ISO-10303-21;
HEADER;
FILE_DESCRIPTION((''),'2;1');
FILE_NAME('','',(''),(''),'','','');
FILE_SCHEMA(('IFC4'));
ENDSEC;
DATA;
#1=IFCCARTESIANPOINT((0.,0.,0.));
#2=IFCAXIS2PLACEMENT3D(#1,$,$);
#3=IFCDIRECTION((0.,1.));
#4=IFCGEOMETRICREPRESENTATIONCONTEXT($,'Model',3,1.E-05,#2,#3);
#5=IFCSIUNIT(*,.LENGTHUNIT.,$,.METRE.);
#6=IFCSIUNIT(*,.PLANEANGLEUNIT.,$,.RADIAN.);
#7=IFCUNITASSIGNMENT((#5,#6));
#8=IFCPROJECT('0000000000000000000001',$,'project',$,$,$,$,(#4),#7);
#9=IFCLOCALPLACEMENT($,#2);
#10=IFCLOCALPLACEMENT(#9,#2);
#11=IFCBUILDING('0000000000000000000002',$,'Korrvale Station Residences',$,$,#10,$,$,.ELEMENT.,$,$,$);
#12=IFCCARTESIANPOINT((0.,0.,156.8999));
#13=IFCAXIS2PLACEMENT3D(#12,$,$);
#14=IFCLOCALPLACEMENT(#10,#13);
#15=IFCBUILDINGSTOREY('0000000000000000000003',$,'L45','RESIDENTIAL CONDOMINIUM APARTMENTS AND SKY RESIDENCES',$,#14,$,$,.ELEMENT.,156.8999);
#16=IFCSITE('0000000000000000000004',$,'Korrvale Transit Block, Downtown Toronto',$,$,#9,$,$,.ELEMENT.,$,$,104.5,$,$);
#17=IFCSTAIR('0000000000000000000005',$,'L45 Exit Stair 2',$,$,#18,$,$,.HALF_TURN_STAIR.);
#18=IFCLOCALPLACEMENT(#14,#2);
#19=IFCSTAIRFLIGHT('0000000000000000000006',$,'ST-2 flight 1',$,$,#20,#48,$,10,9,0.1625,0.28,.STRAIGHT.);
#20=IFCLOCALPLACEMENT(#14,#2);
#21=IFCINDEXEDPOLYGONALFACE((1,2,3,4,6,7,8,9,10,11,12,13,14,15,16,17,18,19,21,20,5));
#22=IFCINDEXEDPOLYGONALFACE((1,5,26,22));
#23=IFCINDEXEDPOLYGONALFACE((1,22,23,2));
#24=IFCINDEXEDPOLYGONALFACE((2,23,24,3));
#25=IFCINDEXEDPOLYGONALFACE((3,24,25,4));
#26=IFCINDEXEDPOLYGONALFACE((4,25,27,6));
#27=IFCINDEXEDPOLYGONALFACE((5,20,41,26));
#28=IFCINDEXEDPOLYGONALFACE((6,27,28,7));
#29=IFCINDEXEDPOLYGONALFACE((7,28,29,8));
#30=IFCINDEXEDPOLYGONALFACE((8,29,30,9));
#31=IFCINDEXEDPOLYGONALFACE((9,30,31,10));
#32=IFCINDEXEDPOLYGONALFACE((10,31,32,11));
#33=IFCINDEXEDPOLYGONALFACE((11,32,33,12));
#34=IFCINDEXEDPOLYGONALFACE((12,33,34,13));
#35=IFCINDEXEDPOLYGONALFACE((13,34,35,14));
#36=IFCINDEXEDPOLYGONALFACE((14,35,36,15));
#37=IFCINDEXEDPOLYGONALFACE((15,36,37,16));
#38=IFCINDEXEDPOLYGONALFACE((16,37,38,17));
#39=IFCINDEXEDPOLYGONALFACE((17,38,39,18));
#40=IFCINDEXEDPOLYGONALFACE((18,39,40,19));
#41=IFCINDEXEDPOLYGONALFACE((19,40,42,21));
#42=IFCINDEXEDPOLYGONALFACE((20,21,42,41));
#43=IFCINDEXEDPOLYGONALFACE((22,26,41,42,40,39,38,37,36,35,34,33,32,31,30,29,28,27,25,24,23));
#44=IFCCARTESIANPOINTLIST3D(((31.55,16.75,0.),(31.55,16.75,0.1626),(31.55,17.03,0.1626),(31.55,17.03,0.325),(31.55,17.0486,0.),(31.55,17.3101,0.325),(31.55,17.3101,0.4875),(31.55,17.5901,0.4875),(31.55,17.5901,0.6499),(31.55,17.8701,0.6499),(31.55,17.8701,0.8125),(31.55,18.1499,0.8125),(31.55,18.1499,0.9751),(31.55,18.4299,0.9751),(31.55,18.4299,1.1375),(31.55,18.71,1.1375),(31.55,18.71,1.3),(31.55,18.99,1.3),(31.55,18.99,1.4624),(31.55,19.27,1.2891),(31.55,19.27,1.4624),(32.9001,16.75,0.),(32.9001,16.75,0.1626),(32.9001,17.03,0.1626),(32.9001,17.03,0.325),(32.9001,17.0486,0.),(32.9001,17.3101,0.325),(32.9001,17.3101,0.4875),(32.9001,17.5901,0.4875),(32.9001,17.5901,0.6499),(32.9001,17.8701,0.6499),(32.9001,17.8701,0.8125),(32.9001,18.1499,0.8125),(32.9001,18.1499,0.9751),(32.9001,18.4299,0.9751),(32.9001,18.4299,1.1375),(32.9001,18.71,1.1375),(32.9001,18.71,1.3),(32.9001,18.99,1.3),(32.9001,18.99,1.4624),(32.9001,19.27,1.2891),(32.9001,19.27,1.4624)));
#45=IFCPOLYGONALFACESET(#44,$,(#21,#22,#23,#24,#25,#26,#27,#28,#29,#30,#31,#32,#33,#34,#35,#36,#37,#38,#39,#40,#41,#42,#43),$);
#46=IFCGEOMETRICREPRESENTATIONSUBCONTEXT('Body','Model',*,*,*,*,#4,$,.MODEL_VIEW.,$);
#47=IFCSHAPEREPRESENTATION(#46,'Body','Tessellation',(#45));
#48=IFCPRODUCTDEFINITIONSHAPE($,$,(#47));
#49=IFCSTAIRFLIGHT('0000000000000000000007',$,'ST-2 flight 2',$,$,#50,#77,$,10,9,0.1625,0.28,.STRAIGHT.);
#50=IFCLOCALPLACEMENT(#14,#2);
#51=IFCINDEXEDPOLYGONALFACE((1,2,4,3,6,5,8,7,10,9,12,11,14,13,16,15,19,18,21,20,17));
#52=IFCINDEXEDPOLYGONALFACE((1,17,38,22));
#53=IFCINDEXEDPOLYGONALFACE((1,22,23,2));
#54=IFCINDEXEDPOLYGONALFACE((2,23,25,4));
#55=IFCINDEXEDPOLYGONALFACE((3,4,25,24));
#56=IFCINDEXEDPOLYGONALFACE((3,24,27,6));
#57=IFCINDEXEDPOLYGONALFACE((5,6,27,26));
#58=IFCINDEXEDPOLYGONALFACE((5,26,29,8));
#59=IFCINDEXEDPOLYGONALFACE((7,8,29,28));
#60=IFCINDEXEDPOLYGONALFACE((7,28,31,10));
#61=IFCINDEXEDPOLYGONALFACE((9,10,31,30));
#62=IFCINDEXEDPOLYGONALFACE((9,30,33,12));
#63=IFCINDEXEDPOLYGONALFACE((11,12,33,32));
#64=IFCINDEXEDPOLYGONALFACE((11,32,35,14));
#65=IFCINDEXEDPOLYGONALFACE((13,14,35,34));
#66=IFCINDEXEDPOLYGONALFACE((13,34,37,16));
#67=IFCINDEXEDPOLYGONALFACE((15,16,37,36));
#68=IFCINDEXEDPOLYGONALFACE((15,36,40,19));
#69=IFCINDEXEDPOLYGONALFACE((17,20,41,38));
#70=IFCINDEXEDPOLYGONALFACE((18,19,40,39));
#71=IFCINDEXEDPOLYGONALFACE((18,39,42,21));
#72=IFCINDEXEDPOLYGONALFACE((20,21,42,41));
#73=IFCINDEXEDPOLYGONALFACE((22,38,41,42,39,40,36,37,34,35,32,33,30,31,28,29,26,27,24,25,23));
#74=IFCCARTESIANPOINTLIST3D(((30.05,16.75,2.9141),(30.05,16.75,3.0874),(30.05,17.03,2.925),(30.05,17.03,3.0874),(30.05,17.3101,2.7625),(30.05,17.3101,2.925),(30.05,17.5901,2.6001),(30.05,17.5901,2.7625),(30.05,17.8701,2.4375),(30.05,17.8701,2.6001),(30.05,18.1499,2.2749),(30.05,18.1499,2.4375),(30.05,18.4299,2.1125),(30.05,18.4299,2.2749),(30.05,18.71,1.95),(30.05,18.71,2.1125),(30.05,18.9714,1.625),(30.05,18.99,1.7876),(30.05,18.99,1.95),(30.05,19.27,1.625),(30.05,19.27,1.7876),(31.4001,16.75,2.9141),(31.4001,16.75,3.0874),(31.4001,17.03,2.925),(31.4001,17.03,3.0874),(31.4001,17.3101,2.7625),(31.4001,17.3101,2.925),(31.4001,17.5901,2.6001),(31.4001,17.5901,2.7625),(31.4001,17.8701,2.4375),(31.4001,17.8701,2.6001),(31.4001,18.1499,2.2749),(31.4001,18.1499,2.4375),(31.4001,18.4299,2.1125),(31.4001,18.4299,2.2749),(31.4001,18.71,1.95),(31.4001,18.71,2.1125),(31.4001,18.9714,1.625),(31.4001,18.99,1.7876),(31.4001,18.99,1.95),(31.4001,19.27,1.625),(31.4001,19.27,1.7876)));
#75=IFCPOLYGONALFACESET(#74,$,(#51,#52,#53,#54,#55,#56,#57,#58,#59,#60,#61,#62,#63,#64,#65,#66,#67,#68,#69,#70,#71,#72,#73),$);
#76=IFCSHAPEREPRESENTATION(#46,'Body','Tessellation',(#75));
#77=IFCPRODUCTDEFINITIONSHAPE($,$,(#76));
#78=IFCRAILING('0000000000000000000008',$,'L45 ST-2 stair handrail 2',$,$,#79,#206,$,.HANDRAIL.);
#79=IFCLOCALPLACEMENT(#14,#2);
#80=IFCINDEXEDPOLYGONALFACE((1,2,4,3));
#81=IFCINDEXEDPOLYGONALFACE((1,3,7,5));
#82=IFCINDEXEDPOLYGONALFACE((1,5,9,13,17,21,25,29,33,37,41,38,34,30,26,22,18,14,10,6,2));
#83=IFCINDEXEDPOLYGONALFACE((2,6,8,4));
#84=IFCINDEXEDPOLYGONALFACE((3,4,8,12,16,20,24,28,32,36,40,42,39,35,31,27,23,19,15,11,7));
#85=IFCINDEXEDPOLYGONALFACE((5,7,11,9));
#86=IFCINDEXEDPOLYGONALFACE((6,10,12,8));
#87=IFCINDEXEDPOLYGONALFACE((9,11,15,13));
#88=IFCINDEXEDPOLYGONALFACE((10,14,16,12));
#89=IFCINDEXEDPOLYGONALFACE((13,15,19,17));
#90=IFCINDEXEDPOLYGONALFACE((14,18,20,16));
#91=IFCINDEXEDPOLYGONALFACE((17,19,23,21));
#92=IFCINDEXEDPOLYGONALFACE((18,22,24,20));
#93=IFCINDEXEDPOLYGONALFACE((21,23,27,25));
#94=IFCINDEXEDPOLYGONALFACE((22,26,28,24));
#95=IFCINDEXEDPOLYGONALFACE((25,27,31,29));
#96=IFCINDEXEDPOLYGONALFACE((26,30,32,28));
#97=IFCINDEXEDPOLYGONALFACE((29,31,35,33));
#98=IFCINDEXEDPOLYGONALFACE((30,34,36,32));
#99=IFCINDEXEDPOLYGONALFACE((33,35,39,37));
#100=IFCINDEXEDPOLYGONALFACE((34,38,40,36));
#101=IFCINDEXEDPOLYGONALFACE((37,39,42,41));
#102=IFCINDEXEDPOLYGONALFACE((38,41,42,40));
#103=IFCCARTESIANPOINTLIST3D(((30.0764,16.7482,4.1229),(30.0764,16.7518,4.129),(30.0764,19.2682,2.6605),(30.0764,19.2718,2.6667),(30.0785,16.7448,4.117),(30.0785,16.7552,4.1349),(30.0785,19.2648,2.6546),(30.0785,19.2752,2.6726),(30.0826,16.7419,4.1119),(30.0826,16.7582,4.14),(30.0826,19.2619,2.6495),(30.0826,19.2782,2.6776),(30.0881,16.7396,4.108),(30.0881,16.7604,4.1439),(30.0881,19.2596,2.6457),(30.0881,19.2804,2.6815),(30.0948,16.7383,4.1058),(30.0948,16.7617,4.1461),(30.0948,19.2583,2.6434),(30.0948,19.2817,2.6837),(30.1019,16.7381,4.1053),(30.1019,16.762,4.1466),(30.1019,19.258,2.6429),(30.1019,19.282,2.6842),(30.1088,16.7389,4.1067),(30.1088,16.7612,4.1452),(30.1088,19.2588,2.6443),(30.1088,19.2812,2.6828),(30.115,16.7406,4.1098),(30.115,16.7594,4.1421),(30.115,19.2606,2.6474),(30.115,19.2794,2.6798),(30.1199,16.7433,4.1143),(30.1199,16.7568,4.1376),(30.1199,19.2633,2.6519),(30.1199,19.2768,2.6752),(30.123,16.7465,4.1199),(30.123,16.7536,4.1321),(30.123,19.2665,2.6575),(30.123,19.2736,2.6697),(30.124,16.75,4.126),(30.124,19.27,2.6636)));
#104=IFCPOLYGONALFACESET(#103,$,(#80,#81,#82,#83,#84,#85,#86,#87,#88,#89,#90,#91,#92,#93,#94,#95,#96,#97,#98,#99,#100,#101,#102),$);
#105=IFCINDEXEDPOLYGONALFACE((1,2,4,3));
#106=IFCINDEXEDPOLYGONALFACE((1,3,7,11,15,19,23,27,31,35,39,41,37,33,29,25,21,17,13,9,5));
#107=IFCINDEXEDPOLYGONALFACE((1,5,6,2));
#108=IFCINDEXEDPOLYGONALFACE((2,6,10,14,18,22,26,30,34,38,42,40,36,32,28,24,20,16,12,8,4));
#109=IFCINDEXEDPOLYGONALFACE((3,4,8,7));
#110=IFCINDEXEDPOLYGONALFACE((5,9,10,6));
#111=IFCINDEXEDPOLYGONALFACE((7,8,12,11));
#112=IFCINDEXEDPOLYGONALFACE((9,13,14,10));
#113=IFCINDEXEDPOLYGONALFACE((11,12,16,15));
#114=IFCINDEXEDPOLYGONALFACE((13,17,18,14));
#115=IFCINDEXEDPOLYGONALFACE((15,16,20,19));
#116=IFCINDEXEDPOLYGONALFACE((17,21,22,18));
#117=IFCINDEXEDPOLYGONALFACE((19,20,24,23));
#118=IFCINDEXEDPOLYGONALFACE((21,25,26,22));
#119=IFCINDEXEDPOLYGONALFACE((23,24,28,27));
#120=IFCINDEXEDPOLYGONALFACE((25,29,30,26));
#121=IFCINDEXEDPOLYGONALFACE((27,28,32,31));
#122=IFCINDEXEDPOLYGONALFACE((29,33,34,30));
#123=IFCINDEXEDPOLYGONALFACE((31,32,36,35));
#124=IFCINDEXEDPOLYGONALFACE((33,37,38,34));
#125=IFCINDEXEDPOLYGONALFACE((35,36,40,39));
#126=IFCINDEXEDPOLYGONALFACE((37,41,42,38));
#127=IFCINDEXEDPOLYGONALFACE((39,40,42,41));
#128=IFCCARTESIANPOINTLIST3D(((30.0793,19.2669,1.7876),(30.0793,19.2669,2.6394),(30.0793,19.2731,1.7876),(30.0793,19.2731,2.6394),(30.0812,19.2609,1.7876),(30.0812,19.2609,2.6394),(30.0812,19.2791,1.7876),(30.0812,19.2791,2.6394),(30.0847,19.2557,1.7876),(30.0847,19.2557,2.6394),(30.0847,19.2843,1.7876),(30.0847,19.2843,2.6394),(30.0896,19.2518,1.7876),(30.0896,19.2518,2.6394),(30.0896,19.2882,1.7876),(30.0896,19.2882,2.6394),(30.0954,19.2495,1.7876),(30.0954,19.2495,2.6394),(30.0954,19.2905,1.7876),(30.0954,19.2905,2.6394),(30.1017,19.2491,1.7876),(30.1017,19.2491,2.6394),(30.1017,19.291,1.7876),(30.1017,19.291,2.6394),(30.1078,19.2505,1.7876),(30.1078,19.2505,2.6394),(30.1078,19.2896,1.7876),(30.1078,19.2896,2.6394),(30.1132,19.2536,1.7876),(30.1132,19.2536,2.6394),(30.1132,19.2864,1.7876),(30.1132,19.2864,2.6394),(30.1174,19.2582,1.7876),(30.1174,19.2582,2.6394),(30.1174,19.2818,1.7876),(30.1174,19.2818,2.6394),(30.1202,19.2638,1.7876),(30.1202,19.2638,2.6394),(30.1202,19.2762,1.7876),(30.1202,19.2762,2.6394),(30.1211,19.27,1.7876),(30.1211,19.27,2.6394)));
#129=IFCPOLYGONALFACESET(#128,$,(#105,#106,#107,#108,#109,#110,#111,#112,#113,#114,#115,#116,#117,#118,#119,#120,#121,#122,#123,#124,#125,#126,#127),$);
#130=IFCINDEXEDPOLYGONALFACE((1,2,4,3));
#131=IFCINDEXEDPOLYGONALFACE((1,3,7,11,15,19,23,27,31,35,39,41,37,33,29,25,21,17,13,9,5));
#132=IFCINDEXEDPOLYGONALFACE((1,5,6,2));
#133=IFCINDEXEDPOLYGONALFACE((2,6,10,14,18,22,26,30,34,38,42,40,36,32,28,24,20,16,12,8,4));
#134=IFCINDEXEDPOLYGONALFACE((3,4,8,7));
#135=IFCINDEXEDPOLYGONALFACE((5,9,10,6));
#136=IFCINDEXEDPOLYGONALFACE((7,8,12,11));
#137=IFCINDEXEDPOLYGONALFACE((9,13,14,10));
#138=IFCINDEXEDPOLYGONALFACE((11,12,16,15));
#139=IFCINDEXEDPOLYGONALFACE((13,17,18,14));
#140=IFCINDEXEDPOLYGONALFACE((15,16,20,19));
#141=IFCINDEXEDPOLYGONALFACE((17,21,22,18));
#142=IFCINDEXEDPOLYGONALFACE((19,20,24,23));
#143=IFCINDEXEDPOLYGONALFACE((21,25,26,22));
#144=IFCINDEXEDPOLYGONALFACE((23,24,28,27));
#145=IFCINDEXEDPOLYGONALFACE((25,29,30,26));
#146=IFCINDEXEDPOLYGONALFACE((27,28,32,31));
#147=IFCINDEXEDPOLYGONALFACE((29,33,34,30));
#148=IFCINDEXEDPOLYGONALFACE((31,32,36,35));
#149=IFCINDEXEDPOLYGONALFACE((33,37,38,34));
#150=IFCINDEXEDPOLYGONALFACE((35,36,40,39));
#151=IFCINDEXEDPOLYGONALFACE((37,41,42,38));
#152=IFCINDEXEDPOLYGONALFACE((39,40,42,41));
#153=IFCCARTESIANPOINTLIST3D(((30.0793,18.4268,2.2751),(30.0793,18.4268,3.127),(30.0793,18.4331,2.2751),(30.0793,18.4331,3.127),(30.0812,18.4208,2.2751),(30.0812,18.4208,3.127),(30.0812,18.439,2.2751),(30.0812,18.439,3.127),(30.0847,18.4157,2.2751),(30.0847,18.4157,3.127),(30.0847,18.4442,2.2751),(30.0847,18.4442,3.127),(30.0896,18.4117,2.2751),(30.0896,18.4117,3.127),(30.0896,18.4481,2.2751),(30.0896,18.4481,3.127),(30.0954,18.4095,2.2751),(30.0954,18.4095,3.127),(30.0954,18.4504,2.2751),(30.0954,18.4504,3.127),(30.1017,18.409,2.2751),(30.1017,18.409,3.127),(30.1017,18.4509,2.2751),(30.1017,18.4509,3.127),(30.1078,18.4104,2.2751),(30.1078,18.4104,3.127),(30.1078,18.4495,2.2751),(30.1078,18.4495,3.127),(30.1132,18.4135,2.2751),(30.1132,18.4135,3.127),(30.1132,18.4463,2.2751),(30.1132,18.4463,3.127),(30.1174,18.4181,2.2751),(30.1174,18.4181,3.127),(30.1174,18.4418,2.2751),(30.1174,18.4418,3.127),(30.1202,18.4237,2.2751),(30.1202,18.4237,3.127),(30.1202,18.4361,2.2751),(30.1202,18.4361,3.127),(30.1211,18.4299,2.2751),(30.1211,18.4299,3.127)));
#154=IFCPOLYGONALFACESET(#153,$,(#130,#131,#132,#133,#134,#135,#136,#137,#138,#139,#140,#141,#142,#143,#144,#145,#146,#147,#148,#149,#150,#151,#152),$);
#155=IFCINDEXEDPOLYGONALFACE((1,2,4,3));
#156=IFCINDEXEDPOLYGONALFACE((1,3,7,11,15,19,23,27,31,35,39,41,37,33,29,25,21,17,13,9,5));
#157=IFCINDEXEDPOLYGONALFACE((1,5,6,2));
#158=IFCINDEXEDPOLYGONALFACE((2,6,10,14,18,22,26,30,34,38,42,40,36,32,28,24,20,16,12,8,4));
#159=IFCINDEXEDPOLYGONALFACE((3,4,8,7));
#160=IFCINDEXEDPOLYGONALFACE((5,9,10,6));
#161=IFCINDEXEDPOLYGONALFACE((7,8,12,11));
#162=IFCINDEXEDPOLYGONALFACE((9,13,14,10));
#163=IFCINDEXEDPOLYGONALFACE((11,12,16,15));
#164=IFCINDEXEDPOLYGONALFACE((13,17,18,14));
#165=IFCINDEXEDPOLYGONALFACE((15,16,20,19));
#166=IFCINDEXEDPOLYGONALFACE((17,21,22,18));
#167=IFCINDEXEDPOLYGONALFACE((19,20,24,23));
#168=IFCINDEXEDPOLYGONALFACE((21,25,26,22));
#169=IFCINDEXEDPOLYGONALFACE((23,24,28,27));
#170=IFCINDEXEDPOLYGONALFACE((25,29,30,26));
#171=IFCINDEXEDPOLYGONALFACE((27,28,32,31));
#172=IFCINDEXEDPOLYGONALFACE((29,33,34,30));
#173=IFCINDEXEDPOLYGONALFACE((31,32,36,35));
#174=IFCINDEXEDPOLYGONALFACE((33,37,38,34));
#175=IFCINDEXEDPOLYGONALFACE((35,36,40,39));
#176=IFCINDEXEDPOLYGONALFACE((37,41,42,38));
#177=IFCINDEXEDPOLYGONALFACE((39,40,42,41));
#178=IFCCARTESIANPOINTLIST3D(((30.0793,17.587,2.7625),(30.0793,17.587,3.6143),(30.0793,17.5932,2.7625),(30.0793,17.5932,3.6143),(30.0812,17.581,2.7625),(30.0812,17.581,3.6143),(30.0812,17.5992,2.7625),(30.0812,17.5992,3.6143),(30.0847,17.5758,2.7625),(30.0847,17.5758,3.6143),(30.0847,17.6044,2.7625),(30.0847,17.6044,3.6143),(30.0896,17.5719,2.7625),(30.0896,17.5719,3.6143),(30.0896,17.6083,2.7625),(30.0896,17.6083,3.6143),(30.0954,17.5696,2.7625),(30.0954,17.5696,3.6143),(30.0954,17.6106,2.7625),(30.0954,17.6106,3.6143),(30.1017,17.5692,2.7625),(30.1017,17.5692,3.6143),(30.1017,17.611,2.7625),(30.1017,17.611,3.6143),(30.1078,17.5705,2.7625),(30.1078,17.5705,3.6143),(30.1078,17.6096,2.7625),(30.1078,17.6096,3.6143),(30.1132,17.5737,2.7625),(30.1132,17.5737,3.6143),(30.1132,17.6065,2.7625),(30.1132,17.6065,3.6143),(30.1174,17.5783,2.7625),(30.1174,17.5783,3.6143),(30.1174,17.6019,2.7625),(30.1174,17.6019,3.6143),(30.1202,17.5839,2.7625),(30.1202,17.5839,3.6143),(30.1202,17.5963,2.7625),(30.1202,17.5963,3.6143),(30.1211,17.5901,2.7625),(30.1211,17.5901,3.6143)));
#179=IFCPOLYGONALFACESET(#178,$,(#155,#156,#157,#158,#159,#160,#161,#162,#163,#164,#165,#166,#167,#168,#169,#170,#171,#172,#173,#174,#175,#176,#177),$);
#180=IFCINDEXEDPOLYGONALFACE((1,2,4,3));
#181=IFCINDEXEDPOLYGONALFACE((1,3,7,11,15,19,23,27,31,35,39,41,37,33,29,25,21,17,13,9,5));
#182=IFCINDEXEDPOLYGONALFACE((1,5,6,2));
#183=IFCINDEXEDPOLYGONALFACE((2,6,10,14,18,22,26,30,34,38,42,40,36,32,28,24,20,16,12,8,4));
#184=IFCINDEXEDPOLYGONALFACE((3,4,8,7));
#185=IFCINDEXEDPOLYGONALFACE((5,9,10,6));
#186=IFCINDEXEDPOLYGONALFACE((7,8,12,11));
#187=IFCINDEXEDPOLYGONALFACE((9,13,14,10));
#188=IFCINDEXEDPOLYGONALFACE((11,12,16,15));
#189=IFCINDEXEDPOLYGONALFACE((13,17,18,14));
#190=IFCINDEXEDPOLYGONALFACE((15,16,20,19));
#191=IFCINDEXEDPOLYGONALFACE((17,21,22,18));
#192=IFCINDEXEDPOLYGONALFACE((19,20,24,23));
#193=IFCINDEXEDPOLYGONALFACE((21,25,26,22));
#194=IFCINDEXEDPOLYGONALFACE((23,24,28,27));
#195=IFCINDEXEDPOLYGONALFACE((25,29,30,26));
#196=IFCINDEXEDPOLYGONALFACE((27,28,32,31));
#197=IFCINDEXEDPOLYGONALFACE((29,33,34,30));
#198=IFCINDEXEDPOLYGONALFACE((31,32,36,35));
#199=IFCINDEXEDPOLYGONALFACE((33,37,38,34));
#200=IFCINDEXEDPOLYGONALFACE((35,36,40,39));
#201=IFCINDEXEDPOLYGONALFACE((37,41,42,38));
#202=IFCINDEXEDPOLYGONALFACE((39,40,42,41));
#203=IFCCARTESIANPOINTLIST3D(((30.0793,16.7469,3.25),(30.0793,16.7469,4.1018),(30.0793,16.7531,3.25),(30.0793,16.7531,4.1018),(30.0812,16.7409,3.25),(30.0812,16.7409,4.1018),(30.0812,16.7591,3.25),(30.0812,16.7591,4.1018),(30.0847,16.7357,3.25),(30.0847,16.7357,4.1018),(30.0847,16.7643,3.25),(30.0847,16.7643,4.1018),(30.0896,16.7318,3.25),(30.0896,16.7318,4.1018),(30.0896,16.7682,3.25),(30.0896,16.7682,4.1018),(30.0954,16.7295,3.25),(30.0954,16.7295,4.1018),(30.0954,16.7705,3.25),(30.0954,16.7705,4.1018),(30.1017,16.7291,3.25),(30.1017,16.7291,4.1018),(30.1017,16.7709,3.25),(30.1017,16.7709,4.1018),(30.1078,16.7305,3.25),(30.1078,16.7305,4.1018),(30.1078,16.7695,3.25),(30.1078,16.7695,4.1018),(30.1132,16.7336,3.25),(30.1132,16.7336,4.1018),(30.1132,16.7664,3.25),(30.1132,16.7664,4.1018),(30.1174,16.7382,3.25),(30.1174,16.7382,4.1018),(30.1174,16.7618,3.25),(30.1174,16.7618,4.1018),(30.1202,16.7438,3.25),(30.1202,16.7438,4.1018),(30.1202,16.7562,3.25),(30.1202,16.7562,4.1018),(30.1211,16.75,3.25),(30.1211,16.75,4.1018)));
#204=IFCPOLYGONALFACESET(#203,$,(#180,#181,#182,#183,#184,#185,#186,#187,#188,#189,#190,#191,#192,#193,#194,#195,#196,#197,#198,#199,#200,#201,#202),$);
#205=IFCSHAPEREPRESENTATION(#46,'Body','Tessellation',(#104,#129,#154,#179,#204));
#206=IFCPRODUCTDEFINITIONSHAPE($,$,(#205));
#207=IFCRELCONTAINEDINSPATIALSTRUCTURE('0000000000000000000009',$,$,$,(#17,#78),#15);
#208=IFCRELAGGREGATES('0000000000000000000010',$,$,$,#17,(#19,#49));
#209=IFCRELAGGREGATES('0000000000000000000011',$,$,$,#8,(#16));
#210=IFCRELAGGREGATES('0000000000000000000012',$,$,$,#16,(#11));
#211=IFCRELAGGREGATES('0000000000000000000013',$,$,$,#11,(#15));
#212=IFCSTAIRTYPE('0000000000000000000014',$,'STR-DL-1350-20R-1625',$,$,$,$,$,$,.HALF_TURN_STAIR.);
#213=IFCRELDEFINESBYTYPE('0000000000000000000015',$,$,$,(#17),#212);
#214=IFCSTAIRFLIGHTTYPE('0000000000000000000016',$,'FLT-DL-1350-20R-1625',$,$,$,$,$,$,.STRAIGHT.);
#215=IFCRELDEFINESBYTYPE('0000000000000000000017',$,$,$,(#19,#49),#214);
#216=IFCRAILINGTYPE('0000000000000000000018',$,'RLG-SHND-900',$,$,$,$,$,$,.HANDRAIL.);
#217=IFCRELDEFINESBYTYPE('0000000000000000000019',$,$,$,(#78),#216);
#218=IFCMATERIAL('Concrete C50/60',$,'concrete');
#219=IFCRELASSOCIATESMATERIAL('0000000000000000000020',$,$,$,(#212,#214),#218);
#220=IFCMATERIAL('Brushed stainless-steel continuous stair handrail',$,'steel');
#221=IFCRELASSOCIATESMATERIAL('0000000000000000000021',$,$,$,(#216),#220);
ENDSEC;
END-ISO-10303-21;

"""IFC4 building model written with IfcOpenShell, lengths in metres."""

from ifc_helpers import new_model, si_unit, direction, frame, origin, origin_2d, place, context, subcontext, project, spatial, polyline, circle, outline, extrude, material, type_object, element, aggregate, save


model = new_model("IFC4")

# Units and contexts
model_context = context("Model", 3, precision=1e-05, world=origin(), true_north=direction((0.0, 1.0)))
body_context = subcontext(model_context, "Body", "Model", "MODEL_VIEW")
ifc_project = project(units=[si_unit("LENGTHUNIT", "METRE"), si_unit("PLANEANGLEUNIT", "RADIAN")], contexts=[model_context])

# Site, building, storey
site_placement = place(None, origin())
site = spatial("IfcSite", under=ifc_project, at=site_placement, Name="Korrvale Transit Block, Downtown Toronto", CompositionType="ELEMENT", RefElevation=104.5)
building_placement = place(site_placement, origin())
building = spatial("IfcBuilding", under=site, at=building_placement, Name="Korrvale Station Residences", CompositionType="ELEMENT")
storey_placement = place(building_placement, frame((0.0, 0.0, 156.8999)))
storey = spatial("IfcBuildingStorey", under=building, at=storey_placement, Name="L45", Description="RESIDENTIAL CONDOMINIUM APARTMENTS AND SKY RESIDENCES", CompositionType="ELEMENT", Elevation=156.8999)

# Stair, stair flights
ifc_material_1 = material(Name="Concrete C50/60", Category="concrete")
stair_type = type_object("IfcStairType", Name="STR-DL-1350-20R-1625", PredefinedType="HALF_TURN_STAIR", material=ifc_material_1)
stair_placement = place(storey_placement, origin())
stair = element("IfcStair", 1, at=stair_placement, inside=storey, type_object=stair_type, Name="L45 Exit Stair 2", PredefinedType="HALF_TURN_STAIR")
stair_flight_type = type_object("IfcStairFlightType", Name="FLT-DL-1350-20R-1625", PredefinedType="STRAIGHT", material=ifc_material_1)
stair_flight_1_placement = place(storey_placement, frame((32.2251, 16.75, 0.0), z_axis=(0.0, 0.0, 1.0), x_axis=(0.0, 1.0, 0.0)))
stair_flight_1 = element("IfcStairFlight", 2, at=stair_flight_1_placement, type_object=stair_flight_type, Name="ST-2 flight 1", NumberOfRisers=10, NumberOfTreads=9, PredefinedType="STRAIGHT", RiserHeight=0.1625, TreadLength=0.28, context=body_context, shape_type="SweptSolid", body=[
    extrude(outline(polyline([(0.0, 0.0), (0.0, 0.1626), (0.28, 0.1626), (0.28, 0.325), (0.5601, 0.325), (0.5601, 0.4875), (0.8401, 0.4875), (0.8401, 0.6499), (1.1201, 0.6499), (1.1201, 0.8125), (1.3999, 0.8125), (1.3999, 0.9751), (1.6799, 0.9751), (1.6799, 1.1375), (1.96, 1.1375), (1.96, 1.3), (2.24, 1.3), (2.24, 1.4624), (2.52, 1.4624), (2.52, 1.625), (2.52, 1.2891), (0.2986, 0.0), (0.0, 0.0)])), frame((0.0, 0.675, 0.0), z_axis=(0.0, -1.0, 0.0), x_axis=(1.0, 0.0, 0.0)), (0.0, 0.0, 1.0), 1.3501),
])
stair_flight_2_placement = place(storey_placement, frame((30.7251, 19.27, 1.625), z_axis=(0.0, 0.0, 1.0), x_axis=(0.0, -1.0, 0.0)))
stair_flight_2 = element("IfcStairFlight", 3, at=stair_flight_2_placement, type_object=stair_flight_type, Name="ST-2 flight 2", NumberOfRisers=10, NumberOfTreads=9, PredefinedType="STRAIGHT", RiserHeight=0.1625, TreadLength=0.28, context=body_context, shape_type="SweptSolid", body=[
    extrude(outline(polyline([(0.0, 0.0), (0.0, 0.1626), (0.28, 0.1626), (0.28, 0.325), (0.5601, 0.325), (0.5601, 0.4875), (0.8401, 0.4875), (0.8401, 0.6499), (1.1201, 0.6499), (1.1201, 0.8125), (1.3999, 0.8125), (1.3999, 0.9751), (1.6799, 0.9751), (1.6799, 1.1375), (1.96, 1.1375), (1.96, 1.3), (2.24, 1.3), (2.24, 1.4624), (2.52, 1.4624), (2.52, 1.625), (2.52, 1.2891), (0.2986, 0.0), (0.0, 0.0)])), frame((0.0, 0.675, 0.0), z_axis=(0.0, -1.0, 0.0), x_axis=(1.0, 0.0, 0.0)), (0.0, 0.0, 1.0), 1.3501),
])
aggregate(stair, [stair_flight_1, stair_flight_2])

# Railing
ifc_material_2 = material(Name="Brushed stainless-steel continuous stair handrail", Category="steel")
railing_type_1 = type_object("IfcRailingType", Name="RLG-SHND-900", PredefinedType="HANDRAIL", material=ifc_material_2)
railing_1_placement = place(storey_placement, frame((30.1001, 19.27, 1.7876)))
element("IfcRailing", 4, at=railing_1_placement, inside=storey, type_object=railing_type_1, Name="L45 ST-2 stair handrail 2", PredefinedType="HANDRAIL", context=body_context, shape_type="SweptSolid", body=[
    extrude(circle(Radius=0.0239, at=origin_2d()), frame((0.0, 0.0, 0.876), z_axis=(0.0, -0.864913, 0.501921), x_axis=(1.0, 0.0, 0.0)), (0.0, 0.0, 1.0), 2.9136),
    extrude(circle(Radius=0.021, at=origin_2d()), origin(), (0.0, 0.0, 1.0), 0.8518),
    extrude(circle(Radius=0.021, at=origin_2d()), frame((0.0, -0.8401, 0.4875)), (0.0, 0.0, 1.0), 0.8518),
    extrude(circle(Radius=0.021, at=origin_2d()), frame((0.0, -1.6799, 0.9749)), (0.0, 0.0, 1.0), 0.8518),
    extrude(circle(Radius=0.021, at=origin_2d()), frame((0.0, -2.52, 1.4624)), (0.0, 0.0, 1.0), 0.8518),
])

save(model, "model.ifc")
